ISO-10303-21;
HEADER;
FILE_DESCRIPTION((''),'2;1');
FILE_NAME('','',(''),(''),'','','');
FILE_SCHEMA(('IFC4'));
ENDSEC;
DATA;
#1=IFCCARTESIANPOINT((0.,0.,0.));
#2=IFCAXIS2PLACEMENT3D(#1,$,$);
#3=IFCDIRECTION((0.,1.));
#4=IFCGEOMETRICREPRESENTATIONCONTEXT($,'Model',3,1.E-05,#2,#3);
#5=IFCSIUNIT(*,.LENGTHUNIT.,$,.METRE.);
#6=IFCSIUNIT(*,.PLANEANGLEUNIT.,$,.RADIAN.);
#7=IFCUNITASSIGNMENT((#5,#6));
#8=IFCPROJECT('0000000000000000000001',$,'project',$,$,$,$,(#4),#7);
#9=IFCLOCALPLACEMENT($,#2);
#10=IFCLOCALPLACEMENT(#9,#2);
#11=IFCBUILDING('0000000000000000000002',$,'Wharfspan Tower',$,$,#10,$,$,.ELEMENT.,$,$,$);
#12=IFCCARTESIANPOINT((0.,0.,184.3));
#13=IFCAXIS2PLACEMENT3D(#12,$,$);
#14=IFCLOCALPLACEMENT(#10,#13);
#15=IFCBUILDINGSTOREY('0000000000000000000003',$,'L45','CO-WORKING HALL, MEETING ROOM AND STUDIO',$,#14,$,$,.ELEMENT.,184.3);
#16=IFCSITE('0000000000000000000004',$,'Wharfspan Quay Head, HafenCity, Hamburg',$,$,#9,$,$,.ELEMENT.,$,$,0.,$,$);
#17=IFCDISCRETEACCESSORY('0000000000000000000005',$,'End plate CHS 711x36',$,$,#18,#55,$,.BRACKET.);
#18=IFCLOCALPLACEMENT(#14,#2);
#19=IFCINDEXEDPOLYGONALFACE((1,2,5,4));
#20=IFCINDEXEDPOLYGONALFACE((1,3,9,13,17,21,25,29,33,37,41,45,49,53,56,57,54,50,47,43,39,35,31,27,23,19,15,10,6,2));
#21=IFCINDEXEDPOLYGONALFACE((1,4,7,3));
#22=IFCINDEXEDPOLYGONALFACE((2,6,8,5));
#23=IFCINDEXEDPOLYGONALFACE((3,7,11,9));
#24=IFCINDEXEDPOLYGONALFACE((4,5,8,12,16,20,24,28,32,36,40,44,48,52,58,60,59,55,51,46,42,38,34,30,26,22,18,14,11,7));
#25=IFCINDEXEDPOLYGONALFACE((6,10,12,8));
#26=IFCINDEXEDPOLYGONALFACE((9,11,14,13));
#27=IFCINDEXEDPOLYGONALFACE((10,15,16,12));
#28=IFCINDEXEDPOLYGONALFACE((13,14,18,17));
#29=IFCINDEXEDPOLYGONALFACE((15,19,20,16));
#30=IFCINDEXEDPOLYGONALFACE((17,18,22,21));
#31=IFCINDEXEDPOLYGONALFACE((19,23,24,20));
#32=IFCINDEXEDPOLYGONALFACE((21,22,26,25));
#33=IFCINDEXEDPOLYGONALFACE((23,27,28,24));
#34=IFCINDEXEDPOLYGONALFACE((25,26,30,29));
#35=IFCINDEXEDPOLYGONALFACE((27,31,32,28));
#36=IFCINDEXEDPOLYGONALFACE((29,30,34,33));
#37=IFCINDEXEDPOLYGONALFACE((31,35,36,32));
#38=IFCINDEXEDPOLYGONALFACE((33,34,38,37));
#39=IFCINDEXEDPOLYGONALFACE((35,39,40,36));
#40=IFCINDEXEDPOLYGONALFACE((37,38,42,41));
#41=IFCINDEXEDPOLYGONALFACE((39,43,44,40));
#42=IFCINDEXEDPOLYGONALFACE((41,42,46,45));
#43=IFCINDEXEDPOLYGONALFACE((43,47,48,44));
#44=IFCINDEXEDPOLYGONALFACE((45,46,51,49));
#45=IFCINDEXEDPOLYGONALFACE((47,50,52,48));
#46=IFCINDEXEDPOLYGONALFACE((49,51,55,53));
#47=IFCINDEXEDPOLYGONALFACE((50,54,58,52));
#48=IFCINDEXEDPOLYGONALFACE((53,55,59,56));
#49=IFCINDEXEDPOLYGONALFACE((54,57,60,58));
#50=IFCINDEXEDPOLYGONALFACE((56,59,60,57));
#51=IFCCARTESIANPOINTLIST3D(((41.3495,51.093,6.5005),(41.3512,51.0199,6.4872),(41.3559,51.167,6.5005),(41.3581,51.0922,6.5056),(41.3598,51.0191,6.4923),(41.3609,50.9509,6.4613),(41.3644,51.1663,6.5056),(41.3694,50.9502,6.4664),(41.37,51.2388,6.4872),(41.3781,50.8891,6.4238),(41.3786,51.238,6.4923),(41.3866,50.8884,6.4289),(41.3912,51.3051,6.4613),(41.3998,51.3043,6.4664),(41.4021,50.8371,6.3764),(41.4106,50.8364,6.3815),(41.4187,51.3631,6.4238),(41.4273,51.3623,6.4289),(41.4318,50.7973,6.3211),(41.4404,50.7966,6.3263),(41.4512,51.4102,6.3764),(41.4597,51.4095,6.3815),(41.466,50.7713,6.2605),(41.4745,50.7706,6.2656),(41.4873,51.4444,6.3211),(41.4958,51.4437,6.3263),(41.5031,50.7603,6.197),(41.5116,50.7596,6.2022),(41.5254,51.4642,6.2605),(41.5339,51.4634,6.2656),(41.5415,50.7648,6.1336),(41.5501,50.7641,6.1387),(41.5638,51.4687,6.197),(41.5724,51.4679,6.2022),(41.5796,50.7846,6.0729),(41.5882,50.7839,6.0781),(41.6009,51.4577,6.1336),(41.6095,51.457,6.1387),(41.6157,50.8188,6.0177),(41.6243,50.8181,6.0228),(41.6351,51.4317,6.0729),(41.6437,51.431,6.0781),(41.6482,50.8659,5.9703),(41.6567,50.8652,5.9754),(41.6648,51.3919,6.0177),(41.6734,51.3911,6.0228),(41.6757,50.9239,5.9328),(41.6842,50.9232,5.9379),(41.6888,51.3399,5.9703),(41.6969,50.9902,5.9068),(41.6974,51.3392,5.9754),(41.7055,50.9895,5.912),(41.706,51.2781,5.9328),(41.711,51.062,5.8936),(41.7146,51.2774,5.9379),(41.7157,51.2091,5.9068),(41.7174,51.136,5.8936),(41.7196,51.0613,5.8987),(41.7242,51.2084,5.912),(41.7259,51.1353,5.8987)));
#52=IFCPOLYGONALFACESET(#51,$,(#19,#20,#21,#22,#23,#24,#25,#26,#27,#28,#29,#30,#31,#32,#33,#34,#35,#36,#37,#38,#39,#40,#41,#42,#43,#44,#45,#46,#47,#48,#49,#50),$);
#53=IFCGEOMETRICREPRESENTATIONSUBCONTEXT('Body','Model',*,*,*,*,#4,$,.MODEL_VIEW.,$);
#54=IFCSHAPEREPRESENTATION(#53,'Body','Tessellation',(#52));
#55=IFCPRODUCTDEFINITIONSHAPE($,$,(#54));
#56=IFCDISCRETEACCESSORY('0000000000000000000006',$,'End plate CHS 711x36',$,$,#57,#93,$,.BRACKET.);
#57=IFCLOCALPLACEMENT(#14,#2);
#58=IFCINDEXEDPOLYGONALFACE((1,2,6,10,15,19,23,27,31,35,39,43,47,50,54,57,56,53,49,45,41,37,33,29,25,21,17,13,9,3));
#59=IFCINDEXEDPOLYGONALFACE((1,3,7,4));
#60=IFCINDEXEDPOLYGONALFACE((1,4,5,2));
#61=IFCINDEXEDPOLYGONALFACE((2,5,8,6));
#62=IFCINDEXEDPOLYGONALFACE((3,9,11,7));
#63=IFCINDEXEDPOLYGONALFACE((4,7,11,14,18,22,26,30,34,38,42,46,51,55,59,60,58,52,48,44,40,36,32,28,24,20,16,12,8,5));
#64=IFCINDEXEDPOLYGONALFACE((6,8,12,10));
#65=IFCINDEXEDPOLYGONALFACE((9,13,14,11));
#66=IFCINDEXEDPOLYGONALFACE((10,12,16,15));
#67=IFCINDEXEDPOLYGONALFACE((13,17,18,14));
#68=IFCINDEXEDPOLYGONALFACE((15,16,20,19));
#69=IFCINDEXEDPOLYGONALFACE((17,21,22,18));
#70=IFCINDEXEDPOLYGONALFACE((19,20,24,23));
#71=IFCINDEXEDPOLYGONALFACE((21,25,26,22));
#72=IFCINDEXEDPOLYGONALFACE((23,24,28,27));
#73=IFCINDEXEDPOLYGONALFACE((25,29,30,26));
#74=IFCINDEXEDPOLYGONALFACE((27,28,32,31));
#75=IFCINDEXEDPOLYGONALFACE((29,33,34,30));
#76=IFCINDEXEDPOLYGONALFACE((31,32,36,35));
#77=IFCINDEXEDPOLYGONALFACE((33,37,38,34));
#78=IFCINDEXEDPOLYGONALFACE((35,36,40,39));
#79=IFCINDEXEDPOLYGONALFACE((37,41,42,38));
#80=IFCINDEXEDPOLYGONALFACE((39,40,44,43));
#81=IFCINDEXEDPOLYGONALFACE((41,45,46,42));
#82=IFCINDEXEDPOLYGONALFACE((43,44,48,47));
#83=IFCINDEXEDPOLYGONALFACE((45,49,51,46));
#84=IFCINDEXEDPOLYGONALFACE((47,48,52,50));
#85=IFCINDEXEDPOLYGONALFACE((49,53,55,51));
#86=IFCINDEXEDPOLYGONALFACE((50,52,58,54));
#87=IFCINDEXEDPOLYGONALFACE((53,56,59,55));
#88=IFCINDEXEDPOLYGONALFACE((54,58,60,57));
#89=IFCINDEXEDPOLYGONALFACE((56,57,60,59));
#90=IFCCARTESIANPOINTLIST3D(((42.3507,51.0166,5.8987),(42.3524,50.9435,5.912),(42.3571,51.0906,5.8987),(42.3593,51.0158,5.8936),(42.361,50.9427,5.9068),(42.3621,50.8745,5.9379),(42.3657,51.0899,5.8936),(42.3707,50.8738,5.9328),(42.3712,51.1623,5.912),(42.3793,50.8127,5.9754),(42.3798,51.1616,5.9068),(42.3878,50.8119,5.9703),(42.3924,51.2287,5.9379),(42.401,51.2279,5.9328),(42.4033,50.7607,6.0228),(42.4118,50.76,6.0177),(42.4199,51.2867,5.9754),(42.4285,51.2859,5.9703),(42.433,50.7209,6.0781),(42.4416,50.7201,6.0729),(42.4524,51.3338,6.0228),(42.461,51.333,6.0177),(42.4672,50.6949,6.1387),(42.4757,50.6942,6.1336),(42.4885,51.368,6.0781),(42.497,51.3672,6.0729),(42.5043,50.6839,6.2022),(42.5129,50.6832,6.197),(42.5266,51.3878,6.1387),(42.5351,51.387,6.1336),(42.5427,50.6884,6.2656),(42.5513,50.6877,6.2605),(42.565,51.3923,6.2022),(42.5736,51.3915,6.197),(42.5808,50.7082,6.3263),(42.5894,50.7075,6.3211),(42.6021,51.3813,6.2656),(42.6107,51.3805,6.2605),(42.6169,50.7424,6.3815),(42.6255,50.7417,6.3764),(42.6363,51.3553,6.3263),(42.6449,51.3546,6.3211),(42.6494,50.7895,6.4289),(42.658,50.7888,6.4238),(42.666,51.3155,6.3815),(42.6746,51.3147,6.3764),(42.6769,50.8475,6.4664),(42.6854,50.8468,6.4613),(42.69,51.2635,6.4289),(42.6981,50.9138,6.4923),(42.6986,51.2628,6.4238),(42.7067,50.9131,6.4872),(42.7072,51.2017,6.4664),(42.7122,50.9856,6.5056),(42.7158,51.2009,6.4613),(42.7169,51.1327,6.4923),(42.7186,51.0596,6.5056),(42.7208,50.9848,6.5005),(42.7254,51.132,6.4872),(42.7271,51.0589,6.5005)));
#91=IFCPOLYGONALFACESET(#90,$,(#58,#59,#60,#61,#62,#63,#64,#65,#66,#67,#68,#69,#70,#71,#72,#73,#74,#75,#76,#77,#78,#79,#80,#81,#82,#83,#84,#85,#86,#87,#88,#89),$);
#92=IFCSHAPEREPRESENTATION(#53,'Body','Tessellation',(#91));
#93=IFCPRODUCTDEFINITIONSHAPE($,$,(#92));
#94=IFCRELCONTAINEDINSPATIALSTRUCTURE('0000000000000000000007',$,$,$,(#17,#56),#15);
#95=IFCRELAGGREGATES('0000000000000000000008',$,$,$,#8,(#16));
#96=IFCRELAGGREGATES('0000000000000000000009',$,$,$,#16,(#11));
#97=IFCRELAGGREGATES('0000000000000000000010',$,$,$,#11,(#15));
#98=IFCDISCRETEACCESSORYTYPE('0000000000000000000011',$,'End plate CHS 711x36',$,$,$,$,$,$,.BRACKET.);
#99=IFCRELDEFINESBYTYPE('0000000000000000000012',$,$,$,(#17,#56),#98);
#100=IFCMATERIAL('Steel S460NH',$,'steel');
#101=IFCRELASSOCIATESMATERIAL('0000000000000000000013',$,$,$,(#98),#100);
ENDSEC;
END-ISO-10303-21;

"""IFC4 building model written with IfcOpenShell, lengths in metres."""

from ifc_helpers import new_model, si_unit, direction, frame, origin, origin_2d, place, context, subcontext, project, spatial, circle, extrude, material, material_profile, profile_set, type_object, element, save


model = new_model("IFC4")

# Units and contexts
model_context = context("Model", 3, precision=1e-05, world=origin(), true_north=direction((0.0, 1.0)))
body_context = subcontext(model_context, "Body", "Model", "MODEL_VIEW")
ifc_project = project(units=[si_unit("LENGTHUNIT", "METRE"), si_unit("PLANEANGLEUNIT", "RADIAN")], contexts=[model_context])

# Site, building, storey
site_placement = place(None, origin())
site = spatial("IfcSite", under=ifc_project, at=site_placement, Name="Wharfspan Quay Head, HafenCity, Hamburg", CompositionType="ELEMENT", RefElevation=0.0)
building_placement = place(site_placement, origin())
building = spatial("IfcBuilding", under=site, at=building_placement, Name="Wharfspan Tower", CompositionType="ELEMENT")
storey_placement = place(building_placement, frame((0.0, 0.0, 184.3)))
storey = spatial("IfcBuildingStorey", under=building, at=storey_placement, Name="L45", Description="CO-WORKING HALL, MEETING ROOM AND STUDIO", CompositionType="ELEMENT", Elevation=184.3)

# Shared definitions
ifc_material_1 = material(Name="Steel S460NH", Category="steel")

# Discrete accessories
ifc_material_profile_1 = material_profile(ifc_material_1, circle(Radius=0.3555, at=origin_2d()))
ifc_profile_set_1 = profile_set([ifc_material_profile_1], Name="Steel S460NH")
discrete_accessory_type = type_object("IfcDiscreteAccessoryType", Name="End plate CHS 711x36", PredefinedType="BRACKET", material=ifc_profile_set_1)
for number, where, z_axis, x_axis, name in (
    (1, (41.5334, 51.1145, 6.197), (0.855186, -0.073302, 0.513112), (0.085402, 0.996345, -0.000001), "End plate CHS 711x36"),
    (2, (42.5432, 51.0374, 6.197), (-0.855186, 0.073302, 0.513112), (-0.085402, -0.996345, -0.000001), "End plate CHS 711x36"),
):
    element("IfcDiscreteAccessory", number, at=place(storey_placement, frame(where, z_axis=z_axis, x_axis=x_axis)), inside=storey, type_object=discrete_accessory_type, Name=name, PredefinedType="BRACKET", context=body_context, shape_type="SweptSolid", body=[
        extrude(circle(Radius=0.3555, at=origin_2d()), origin(), (0.0, 0.0, 1.0), 0.01),
    ])

save(model, "model.ifc")
